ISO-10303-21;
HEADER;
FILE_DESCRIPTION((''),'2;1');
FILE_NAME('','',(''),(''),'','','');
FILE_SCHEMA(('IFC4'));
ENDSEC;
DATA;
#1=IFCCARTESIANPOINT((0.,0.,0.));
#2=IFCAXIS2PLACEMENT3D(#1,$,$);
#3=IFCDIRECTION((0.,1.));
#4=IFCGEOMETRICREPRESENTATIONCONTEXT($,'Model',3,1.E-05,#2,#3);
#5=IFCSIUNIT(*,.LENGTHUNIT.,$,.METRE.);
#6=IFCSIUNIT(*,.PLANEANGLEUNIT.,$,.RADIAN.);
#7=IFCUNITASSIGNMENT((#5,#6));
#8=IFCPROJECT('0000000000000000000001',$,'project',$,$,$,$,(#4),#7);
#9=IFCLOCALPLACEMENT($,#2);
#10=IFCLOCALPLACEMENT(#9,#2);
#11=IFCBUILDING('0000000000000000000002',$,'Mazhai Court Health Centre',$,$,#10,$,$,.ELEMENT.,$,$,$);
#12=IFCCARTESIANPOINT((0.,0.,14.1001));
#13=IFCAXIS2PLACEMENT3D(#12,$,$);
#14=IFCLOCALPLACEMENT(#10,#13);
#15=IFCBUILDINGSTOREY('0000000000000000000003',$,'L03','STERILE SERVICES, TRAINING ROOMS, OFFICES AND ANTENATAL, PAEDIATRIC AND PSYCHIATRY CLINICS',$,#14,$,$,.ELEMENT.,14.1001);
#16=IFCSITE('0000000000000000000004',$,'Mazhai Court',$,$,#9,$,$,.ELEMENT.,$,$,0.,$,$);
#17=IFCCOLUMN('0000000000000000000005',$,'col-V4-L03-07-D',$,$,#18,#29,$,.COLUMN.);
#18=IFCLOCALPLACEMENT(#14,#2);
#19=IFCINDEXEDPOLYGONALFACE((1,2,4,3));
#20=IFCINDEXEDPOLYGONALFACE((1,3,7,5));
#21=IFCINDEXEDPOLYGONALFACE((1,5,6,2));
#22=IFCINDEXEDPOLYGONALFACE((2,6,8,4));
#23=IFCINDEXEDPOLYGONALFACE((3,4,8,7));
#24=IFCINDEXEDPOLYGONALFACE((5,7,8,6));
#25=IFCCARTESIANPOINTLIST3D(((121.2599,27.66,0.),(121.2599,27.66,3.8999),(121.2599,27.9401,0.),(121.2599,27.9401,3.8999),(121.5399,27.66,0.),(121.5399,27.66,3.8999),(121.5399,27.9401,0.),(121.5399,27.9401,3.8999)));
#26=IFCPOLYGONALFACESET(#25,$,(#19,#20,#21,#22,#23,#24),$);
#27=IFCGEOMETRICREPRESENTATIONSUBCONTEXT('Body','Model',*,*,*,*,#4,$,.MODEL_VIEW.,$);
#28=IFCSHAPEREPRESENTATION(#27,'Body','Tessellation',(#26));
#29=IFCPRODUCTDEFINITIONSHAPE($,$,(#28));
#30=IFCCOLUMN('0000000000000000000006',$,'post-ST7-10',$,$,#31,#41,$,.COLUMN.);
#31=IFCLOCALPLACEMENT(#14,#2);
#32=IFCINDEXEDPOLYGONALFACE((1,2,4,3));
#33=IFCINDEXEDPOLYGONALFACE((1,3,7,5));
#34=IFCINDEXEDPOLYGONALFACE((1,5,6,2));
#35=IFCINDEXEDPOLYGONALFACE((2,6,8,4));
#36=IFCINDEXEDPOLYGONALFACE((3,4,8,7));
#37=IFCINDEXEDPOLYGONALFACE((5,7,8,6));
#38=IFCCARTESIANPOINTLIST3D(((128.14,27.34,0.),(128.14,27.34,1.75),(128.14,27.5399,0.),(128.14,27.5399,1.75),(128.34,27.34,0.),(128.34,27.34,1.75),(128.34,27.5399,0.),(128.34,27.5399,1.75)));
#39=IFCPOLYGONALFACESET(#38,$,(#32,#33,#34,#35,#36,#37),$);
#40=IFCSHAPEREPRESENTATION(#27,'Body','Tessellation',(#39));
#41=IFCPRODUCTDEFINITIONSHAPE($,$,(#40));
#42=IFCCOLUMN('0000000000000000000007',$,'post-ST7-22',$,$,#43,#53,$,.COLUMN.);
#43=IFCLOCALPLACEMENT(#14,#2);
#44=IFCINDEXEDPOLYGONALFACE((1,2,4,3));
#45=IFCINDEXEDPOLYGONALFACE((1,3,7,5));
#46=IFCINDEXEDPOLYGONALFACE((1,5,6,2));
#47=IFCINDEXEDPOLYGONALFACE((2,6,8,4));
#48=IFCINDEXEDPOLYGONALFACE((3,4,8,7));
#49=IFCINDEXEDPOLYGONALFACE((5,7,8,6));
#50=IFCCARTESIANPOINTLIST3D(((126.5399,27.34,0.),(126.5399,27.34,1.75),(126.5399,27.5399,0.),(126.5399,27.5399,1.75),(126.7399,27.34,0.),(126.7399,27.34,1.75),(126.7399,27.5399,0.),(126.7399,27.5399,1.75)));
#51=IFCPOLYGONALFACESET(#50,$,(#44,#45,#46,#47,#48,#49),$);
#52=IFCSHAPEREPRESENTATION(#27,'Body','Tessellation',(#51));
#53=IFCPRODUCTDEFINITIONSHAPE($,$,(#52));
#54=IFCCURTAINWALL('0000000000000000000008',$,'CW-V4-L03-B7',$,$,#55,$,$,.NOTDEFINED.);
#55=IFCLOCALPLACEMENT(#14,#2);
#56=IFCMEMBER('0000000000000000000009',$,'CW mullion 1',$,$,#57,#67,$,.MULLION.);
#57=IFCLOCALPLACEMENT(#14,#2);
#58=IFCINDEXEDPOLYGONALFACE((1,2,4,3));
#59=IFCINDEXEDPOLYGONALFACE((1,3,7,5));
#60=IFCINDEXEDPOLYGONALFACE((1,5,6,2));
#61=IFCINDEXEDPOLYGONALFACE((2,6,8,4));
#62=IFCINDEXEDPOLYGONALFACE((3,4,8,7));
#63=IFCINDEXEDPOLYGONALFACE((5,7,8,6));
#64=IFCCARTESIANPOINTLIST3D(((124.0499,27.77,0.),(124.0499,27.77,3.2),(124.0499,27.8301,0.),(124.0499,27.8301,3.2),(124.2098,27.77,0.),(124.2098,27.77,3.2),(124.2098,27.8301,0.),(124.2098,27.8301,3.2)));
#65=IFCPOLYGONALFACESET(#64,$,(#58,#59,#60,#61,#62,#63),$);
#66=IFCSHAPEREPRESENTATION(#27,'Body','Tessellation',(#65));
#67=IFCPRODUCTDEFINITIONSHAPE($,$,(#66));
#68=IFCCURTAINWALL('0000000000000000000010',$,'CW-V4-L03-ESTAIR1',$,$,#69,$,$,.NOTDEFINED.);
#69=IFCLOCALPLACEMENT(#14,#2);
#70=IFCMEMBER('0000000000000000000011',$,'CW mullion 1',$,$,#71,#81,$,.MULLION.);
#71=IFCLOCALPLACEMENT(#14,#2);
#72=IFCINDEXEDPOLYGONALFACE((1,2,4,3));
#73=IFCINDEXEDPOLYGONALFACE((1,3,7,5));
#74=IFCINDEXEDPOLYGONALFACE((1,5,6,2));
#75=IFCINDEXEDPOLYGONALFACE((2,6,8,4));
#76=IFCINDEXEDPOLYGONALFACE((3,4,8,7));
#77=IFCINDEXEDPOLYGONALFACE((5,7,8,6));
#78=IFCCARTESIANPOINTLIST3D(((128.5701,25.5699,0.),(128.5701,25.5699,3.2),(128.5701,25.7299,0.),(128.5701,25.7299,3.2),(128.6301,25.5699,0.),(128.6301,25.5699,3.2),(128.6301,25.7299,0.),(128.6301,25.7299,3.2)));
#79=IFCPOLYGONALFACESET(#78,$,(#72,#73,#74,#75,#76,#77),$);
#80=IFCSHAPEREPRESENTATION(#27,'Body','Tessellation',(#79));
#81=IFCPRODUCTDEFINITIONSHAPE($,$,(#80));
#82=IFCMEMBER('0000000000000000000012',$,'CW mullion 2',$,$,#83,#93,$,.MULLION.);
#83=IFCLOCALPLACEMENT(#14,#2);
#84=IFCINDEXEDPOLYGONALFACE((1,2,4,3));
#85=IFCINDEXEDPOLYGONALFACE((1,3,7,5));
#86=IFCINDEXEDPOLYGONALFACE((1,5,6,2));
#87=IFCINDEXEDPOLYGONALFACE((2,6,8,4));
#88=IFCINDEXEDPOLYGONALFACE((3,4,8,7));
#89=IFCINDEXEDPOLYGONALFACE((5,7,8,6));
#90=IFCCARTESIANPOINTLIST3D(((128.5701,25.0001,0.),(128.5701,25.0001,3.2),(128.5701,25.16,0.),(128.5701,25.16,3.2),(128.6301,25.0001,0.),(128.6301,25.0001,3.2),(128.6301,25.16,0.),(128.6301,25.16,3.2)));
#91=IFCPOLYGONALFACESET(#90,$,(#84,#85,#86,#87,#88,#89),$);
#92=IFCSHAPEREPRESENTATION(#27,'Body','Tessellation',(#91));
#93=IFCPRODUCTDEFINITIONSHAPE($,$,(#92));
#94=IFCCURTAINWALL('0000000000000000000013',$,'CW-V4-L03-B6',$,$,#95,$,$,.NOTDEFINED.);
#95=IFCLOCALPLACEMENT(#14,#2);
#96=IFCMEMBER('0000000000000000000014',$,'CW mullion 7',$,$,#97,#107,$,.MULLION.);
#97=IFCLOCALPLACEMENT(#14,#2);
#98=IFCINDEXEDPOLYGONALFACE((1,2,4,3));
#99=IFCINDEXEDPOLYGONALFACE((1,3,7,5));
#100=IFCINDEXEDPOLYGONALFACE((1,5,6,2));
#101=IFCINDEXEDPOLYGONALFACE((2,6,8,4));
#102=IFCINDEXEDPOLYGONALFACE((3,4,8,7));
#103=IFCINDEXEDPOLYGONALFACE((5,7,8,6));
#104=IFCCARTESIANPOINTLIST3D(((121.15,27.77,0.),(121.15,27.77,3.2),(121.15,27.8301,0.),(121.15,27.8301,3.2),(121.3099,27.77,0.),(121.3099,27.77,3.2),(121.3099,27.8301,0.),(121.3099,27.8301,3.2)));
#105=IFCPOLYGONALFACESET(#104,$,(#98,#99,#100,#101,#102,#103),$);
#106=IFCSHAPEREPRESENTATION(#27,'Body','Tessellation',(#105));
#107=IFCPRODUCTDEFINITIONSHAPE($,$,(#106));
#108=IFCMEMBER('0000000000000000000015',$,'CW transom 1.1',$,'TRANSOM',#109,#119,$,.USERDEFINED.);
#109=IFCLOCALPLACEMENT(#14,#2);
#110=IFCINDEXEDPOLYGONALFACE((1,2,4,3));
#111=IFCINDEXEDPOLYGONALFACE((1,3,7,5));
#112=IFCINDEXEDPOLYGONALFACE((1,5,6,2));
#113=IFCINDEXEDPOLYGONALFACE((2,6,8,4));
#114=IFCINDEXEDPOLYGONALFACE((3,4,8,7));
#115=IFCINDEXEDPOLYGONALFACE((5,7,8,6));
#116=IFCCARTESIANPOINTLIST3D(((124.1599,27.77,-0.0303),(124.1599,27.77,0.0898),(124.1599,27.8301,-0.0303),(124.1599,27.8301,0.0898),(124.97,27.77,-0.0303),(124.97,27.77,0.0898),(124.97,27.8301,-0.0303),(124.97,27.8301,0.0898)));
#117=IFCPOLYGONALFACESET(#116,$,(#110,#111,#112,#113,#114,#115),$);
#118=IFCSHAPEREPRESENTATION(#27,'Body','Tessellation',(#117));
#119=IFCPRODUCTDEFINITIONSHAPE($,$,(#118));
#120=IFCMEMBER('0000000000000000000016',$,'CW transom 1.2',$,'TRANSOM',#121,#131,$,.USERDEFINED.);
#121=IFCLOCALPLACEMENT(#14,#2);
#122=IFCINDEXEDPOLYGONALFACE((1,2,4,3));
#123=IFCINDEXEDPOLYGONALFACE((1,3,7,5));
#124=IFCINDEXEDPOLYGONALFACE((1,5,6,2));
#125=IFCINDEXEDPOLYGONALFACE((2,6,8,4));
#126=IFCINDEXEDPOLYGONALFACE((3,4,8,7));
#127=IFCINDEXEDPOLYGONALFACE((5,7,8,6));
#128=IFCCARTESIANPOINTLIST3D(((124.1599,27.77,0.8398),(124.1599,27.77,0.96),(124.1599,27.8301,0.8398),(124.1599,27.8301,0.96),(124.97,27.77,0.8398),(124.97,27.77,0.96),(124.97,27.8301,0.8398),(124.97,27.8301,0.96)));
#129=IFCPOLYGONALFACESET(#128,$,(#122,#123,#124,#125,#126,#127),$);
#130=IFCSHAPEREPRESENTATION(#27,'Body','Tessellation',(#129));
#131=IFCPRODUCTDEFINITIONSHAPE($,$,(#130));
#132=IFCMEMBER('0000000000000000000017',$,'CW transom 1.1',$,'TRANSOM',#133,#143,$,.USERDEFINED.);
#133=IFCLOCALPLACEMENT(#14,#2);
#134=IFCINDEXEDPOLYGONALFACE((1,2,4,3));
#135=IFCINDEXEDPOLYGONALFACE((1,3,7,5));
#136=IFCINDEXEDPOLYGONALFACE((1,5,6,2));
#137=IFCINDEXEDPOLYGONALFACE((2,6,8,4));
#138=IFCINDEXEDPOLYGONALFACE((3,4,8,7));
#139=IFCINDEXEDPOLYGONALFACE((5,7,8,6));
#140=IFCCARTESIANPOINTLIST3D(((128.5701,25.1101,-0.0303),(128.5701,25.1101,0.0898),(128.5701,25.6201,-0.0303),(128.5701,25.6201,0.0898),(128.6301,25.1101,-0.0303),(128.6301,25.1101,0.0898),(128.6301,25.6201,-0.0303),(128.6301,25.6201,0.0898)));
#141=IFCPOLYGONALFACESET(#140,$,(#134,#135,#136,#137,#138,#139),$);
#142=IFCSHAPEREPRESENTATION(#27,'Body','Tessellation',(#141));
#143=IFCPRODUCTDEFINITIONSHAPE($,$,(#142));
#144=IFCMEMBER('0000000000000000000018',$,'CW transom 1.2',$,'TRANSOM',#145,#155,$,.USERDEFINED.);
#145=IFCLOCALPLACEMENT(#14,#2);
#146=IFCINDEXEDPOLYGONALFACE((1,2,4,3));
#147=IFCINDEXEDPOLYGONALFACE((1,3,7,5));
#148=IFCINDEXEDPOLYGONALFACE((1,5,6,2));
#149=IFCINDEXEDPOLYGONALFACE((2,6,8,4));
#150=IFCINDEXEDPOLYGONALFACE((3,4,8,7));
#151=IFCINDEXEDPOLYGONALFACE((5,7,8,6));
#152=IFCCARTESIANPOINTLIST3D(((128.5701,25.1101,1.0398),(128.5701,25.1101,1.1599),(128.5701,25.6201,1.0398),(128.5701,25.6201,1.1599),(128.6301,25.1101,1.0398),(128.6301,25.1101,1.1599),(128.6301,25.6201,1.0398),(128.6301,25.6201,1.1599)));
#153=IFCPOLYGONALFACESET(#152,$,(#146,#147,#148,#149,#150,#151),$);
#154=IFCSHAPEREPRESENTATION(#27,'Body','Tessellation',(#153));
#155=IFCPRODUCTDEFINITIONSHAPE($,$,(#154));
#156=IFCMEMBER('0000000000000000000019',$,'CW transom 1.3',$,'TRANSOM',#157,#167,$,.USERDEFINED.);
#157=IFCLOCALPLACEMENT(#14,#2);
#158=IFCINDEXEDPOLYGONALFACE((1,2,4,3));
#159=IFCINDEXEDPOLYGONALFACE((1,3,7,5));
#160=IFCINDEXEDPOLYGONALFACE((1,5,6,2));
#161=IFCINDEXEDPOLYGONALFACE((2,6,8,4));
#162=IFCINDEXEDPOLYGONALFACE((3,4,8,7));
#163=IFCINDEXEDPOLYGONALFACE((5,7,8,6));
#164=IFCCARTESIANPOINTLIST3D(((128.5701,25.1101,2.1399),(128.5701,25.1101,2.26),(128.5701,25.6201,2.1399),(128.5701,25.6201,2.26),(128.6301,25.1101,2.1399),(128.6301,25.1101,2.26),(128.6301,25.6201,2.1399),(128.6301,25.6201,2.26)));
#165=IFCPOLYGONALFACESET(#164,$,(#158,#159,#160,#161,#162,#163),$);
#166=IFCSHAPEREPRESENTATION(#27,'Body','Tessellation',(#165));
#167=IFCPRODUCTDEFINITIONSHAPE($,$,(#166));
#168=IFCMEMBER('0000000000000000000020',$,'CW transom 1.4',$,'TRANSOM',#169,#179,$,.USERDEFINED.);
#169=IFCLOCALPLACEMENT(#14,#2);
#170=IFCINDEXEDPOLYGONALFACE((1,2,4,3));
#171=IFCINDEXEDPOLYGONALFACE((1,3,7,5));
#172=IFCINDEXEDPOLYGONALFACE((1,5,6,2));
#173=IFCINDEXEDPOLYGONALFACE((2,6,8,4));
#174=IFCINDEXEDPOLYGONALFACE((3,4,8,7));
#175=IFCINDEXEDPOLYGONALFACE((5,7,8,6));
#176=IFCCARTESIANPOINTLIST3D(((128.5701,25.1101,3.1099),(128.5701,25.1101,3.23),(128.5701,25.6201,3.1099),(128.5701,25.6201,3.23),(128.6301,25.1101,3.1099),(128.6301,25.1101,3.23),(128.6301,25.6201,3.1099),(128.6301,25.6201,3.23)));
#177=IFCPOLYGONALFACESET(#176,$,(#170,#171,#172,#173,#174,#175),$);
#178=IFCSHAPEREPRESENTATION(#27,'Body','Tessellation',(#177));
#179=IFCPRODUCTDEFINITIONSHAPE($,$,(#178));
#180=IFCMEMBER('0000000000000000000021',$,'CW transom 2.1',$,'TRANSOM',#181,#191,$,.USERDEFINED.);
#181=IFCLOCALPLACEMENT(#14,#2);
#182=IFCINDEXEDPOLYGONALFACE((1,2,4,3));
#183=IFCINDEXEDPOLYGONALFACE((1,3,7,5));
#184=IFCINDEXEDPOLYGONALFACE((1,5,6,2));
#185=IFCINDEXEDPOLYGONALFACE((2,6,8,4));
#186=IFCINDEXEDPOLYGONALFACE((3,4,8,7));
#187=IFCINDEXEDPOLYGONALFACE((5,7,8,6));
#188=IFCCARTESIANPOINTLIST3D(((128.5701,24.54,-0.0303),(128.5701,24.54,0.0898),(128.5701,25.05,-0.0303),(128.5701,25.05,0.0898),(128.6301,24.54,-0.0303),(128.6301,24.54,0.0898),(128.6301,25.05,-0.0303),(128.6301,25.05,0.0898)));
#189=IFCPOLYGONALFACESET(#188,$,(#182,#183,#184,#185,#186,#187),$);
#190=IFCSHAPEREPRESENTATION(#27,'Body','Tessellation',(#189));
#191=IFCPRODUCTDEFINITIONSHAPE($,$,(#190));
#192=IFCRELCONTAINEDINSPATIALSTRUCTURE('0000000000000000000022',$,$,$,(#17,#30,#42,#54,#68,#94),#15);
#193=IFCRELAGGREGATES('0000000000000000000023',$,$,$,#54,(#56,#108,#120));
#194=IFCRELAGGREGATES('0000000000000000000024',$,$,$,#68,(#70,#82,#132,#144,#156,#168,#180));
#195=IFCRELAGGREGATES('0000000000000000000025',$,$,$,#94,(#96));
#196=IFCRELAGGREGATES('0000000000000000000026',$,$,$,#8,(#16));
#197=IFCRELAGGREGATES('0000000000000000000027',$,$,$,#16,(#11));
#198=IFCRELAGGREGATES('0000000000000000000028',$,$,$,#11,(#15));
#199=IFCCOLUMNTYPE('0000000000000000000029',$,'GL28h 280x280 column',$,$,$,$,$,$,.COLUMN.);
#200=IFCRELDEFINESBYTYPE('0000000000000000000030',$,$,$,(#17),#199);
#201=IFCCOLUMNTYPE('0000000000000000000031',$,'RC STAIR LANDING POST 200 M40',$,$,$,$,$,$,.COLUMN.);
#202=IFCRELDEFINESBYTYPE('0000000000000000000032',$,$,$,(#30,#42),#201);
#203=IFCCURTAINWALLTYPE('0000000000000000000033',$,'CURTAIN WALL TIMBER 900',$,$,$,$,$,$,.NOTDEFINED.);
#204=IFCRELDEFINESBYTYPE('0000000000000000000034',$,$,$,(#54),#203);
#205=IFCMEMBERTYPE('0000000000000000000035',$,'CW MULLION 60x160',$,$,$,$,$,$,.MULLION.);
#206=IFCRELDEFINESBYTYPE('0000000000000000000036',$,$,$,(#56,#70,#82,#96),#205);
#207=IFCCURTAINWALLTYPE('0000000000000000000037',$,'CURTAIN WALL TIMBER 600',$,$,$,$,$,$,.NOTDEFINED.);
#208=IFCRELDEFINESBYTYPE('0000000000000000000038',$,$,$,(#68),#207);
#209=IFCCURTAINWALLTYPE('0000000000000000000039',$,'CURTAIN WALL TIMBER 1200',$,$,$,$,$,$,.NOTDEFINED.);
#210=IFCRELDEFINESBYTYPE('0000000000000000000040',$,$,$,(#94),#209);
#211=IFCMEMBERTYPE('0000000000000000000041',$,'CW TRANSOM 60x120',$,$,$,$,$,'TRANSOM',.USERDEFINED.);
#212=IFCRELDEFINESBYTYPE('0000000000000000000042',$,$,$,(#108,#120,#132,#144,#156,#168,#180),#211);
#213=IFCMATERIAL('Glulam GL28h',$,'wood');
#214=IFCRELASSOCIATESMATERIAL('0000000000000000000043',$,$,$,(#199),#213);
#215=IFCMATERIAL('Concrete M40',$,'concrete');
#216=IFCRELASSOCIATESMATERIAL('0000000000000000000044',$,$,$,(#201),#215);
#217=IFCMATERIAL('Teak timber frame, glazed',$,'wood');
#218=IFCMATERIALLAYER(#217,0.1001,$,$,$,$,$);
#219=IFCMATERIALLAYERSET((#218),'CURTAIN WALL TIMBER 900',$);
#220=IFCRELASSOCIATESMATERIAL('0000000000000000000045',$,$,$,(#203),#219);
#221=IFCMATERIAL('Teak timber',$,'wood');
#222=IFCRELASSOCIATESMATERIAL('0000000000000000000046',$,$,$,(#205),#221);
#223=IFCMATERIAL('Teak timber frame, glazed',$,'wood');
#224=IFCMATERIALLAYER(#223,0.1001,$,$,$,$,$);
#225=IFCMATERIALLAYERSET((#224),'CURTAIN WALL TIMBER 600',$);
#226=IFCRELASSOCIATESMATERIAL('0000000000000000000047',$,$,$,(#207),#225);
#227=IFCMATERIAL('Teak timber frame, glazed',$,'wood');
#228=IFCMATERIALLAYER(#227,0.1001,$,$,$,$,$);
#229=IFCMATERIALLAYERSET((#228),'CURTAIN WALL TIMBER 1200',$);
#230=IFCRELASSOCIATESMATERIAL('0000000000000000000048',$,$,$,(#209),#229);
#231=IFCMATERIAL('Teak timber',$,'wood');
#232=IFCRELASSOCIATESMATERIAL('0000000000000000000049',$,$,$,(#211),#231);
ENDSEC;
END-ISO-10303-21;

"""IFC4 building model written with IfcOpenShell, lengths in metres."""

from ifc_helpers import new_model, si_unit, direction, frame, origin, origin_2d, place, context, subcontext, project, spatial, rectangle, extrude, material, layer, layer_set, material_profile, profile_set, type_object, element, aggregate, save


model = new_model("IFC4")

# Units and contexts
model_context = context("Model", 3, precision=1e-05, world=origin(), true_north=direction((0.0, 1.0)))
body_context = subcontext(model_context, "Body", "Model", "MODEL_VIEW")
ifc_project = project(units=[si_unit("LENGTHUNIT", "METRE"), si_unit("PLANEANGLEUNIT", "RADIAN")], contexts=[model_context])

# Site, building, storey
site_placement = place(None, origin())
site = spatial("IfcSite", under=ifc_project, at=site_placement, Name="Mazhai Court", CompositionType="ELEMENT", RefElevation=0.0)
building_placement = place(site_placement, origin())
building = spatial("IfcBuilding", under=site, at=building_placement, Name="Mazhai Court Health Centre", CompositionType="ELEMENT")
storey_placement = place(building_placement, frame((0.0, 0.0, 14.1001)))
storey = spatial("IfcBuildingStorey", under=building, at=storey_placement, Name="L03", Description="STERILE SERVICES, TRAINING ROOMS, OFFICES AND ANTENATAL, PAEDIATRIC AND PSYCHIATRY CLINICS", CompositionType="ELEMENT", Elevation=14.1001)

# Columns
ifc_material_1 = material(Name="Glulam GL28h", Category="wood")
ifc_material_profile_1 = material_profile(ifc_material_1, rectangle(XDim=0.28, YDim=0.28, at=origin_2d()), Name="GL28h 280x280")
ifc_profile_set_1 = profile_set([ifc_material_profile_1], Name="Glulam GL28h")
column_type_1 = type_object("IfcColumnType", Name="GL28h 280x280 column", PredefinedType="COLUMN", material=ifc_profile_set_1)
column_placement = place(storey_placement, frame((121.3999, 27.8, 0.0), z_axis=(0.0, 0.0, 1.0), x_axis=(1.0, 0.0, 0.0)))
element("IfcColumn", 1, at=column_placement, inside=storey, type_object=column_type_1, Name="col-V4-L03-07-D", PredefinedType="COLUMN", context=body_context, shape_type="SweptSolid", body=[
    extrude(rectangle(XDim=0.28, YDim=0.28, at=origin_2d()), origin(), (0.0, 0.0, 1.0), 3.8999),
])
ifc_material_2 = material(Name="Concrete M40", Category="concrete")
ifc_material_profile_2 = material_profile(ifc_material_2, rectangle(XDim=0.2, YDim=0.2, at=origin_2d()), Name="RC 200x200")
ifc_profile_set_2 = profile_set([ifc_material_profile_2], Name="Concrete M40")
column_type_2 = type_object("IfcColumnType", Name="RC STAIR LANDING POST 200 M40", PredefinedType="COLUMN", material=ifc_profile_set_2)
for number, where, z_axis, x_axis, name in (
    (2, (128.24, 27.4399, 0.0), (0.0, 0.0, 1.0), (1.0, 0.0, 0.0), "post-ST7-10"),
    (3, (126.6399, 27.4399, 0.0), (0.0, 0.0, 1.0), (1.0, 0.0, 0.0), "post-ST7-22"),
):
    element("IfcColumn", number, at=place(storey_placement, frame(where, z_axis=z_axis, x_axis=x_axis)), inside=storey, type_object=column_type_2, Name=name, PredefinedType="COLUMN", context=body_context, shape_type="SweptSolid", body=[
        extrude(rectangle(XDim=0.2, YDim=0.2, at=origin_2d()), origin(), (0.0, 0.0, 1.0), 1.75),
    ])

# Curtain wall, member
ifc_material_3 = material(Name="Teak timber frame, glazed", Category="wood")
ifc_layer_1 = layer(ifc_material_3, 0.1001)
ifc_layer_set_1 = layer_set([ifc_layer_1], Name="CURTAIN WALL TIMBER 900")
curtain_wall_type_1 = type_object("IfcCurtainWallType", Name="CURTAIN WALL TIMBER 900", PredefinedType="NOTDEFINED", material=ifc_layer_set_1)
curtain_wall_1_placement = place(storey_placement, origin())
curtain_wall_1 = element("IfcCurtainWall", 4, at=curtain_wall_1_placement, inside=storey, type_object=curtain_wall_type_1, Name="CW-V4-L03-B7", PredefinedType="NOTDEFINED")
ifc_material_4 = material(Name="Teak timber", Category="wood")
ifc_material_profile_3 = material_profile(ifc_material_4, rectangle(XDim=0.0601, YDim=0.1599, at=origin_2d()), Name="CW MULLION 60x160")
ifc_profile_set_3 = profile_set([ifc_material_profile_3], Name="Teak timber")
member_type_1 = type_object("IfcMemberType", Name="CW MULLION 60x160", PredefinedType="MULLION", material=ifc_profile_set_3)
member_1_placement = place(storey_placement, frame((124.1299, 27.8, 0.0), z_axis=(0.0, 0.0, 1.0), x_axis=(0.0, 1.0, 0.0)))
member_1 = element("IfcMember", 5, at=member_1_placement, type_object=member_type_1, Name="CW mullion 1", PredefinedType="MULLION", context=body_context, shape_type="SweptSolid", body=[
    extrude(rectangle(XDim=0.0601, YDim=0.1599, at=origin_2d()), origin(), (0.0, 0.0, 1.0), 3.2),
])

# Curtain wall, members
ifc_material_5 = material(Name="Teak timber frame, glazed", Category="wood")
ifc_layer_2 = layer(ifc_material_5, 0.1001)
ifc_layer_set_2 = layer_set([ifc_layer_2], Name="CURTAIN WALL TIMBER 600")
curtain_wall_type_2 = type_object("IfcCurtainWallType", Name="CURTAIN WALL TIMBER 600", PredefinedType="NOTDEFINED", material=ifc_layer_set_2)
curtain_wall_2_placement = place(storey_placement, origin())
curtain_wall_2 = element("IfcCurtainWall", 6, at=curtain_wall_2_placement, inside=storey, type_object=curtain_wall_type_2, Name="CW-V4-L03-ESTAIR1", PredefinedType="NOTDEFINED")
member_2_placement = place(storey_placement, frame((128.6001, 25.6499, 0.0), z_axis=(0.0, 0.0, 1.0), x_axis=(1.0, 0.0, 0.0)))
member_2 = element("IfcMember", 7, at=member_2_placement, type_object=member_type_1, Name="CW mullion 1", PredefinedType="MULLION", context=body_context, shape_type="SweptSolid", body=[
    extrude(rectangle(XDim=0.0601, YDim=0.1599, at=origin_2d()), origin(), (0.0, 0.0, 1.0), 3.2),
])
member_3_placement = place(storey_placement, frame((128.6001, 25.0801, 0.0), z_axis=(0.0, 0.0, 1.0), x_axis=(1.0, 0.0, 0.0)))
member_3 = element("IfcMember", 8, at=member_3_placement, type_object=member_type_1, Name="CW mullion 2", PredefinedType="MULLION", context=body_context, shape_type="SweptSolid", body=[
    extrude(rectangle(XDim=0.0601, YDim=0.1599, at=origin_2d()), origin(), (0.0, 0.0, 1.0), 3.2),
])

# Curtain wall, member
ifc_material_6 = material(Name="Teak timber frame, glazed", Category="wood")
ifc_layer_3 = layer(ifc_material_6, 0.1001)
ifc_layer_set_3 = layer_set([ifc_layer_3], Name="CURTAIN WALL TIMBER 1200")
curtain_wall_type_3 = type_object("IfcCurtainWallType", Name="CURTAIN WALL TIMBER 1200", PredefinedType="NOTDEFINED", material=ifc_layer_set_3)
curtain_wall_3_placement = place(storey_placement, origin())
curtain_wall_3 = element("IfcCurtainWall", 9, at=curtain_wall_3_placement, inside=storey, type_object=curtain_wall_type_3, Name="CW-V4-L03-B6", PredefinedType="NOTDEFINED")
member_4_placement = place(storey_placement, frame((121.23, 27.8, 0.0), z_axis=(0.0, 0.0, 1.0), x_axis=(0.0, 1.0, 0.0)))
member_4 = element("IfcMember", 10, at=member_4_placement, type_object=member_type_1, Name="CW mullion 7", PredefinedType="MULLION", context=body_context, shape_type="SweptSolid", body=[
    extrude(rectangle(XDim=0.0601, YDim=0.1599, at=origin_2d()), origin(), (0.0, 0.0, 1.0), 3.2),
])

# Members
ifc_material_7 = material(Name="Teak timber", Category="wood")
ifc_material_profile_4 = material_profile(ifc_material_7, rectangle(XDim=0.0601, YDim=0.1201, at=origin_2d()), Name="CW TRANSOM 60x120")
ifc_profile_set_4 = profile_set([ifc_material_profile_4], Name="Teak timber")
member_type_2 = type_object("IfcMemberType", Name="CW TRANSOM 60x120", ElementType="TRANSOM", PredefinedType="USERDEFINED", material=ifc_profile_set_4)
member_5_placement = place(storey_placement, frame((124.1599, 27.8, 0.0298), z_axis=(1.0, 0.0, 0.0), x_axis=(0.0, 1.0, 0.0)))
member_5 = element("IfcMember", 11, at=member_5_placement, type_object=member_type_2, Name="CW transom 1.1", ObjectType="TRANSOM", PredefinedType="USERDEFINED", context=body_context, shape_type="SweptSolid", body=[
    extrude(rectangle(XDim=0.0601, YDim=0.1201, at=origin_2d()), origin(), (0.0, 0.0, 1.0), 0.8101),
])
member_6_placement = place(storey_placement, frame((124.1599, 27.8, 0.8999), z_axis=(1.0, 0.0, 0.0), x_axis=(0.0, 1.0, 0.0)))
member_6 = element("IfcMember", 12, at=member_6_placement, type_object=member_type_2, Name="CW transom 1.2", ObjectType="TRANSOM", PredefinedType="USERDEFINED", context=body_context, shape_type="SweptSolid", body=[
    extrude(rectangle(XDim=0.0601, YDim=0.1201, at=origin_2d()), origin(), (0.0, 0.0, 1.0), 0.8101),
])
aggregate(curtain_wall_1, [member_1, member_5, member_6])
member_7_placement = place(storey_placement, frame((128.6001, 25.6201, 0.0298), z_axis=(0.0, -1.0, 0.0), x_axis=(1.0, 0.0, 0.0)))
member_7 = element("IfcMember", 13, at=member_7_placement, type_object=member_type_2, Name="CW transom 1.1", ObjectType="TRANSOM", PredefinedType="USERDEFINED", context=body_context, shape_type="SweptSolid", body=[
    extrude(rectangle(XDim=0.0601, YDim=0.1201, at=origin_2d()), origin(), (0.0, 0.0, 1.0), 0.51),
])
member_8_placement = place(storey_placement, frame((128.6001, 25.6201, 1.0999), z_axis=(0.0, -1.0, 0.0), x_axis=(1.0, 0.0, 0.0)))
member_8 = element("IfcMember", 14, at=member_8_placement, type_object=member_type_2, Name="CW transom 1.2", ObjectType="TRANSOM", PredefinedType="USERDEFINED", context=body_context, shape_type="SweptSolid", body=[
    extrude(rectangle(XDim=0.0601, YDim=0.1201, at=origin_2d()), origin(), (0.0, 0.0, 1.0), 0.51),
])
member_9_placement = place(storey_placement, frame((128.6001, 25.6201, 2.2), z_axis=(0.0, -1.0, 0.0), x_axis=(1.0, 0.0, 0.0)))
member_9 = element("IfcMember", 15, at=member_9_placement, type_object=member_type_2, Name="CW transom 1.3", ObjectType="TRANSOM", PredefinedType="USERDEFINED", context=body_context, shape_type="SweptSolid", body=[
    extrude(rectangle(XDim=0.0601, YDim=0.1201, at=origin_2d()), origin(), (0.0, 0.0, 1.0), 0.51),
])
member_10_placement = place(storey_placement, frame((128.6001, 25.6201, 3.1699), z_axis=(0.0, -1.0, 0.0), x_axis=(1.0, 0.0, 0.0)))
member_10 = element("IfcMember", 16, at=member_10_placement, type_object=member_type_2, Name="CW transom 1.4", ObjectType="TRANSOM", PredefinedType="USERDEFINED", context=body_context, shape_type="SweptSolid", body=[
    extrude(rectangle(XDim=0.0601, YDim=0.1201, at=origin_2d()), origin(), (0.0, 0.0, 1.0), 0.51),
])
member_11_placement = place(storey_placement, frame((128.6001, 25.05, 0.0298), z_axis=(0.0, -1.0, 0.0), x_axis=(1.0, 0.0, 0.0)))
member_11 = element("IfcMember", 17, at=member_11_placement, type_object=member_type_2, Name="CW transom 2.1", ObjectType="TRANSOM", PredefinedType="USERDEFINED", context=body_context, shape_type="SweptSolid", body=[
    extrude(rectangle(XDim=0.0601, YDim=0.1201, at=origin_2d()), origin(), (0.0, 0.0, 1.0), 0.51),
])

aggregate(curtain_wall_2, [member_2, member_3, member_7, member_8, member_9, member_10, member_11])
aggregate(curtain_wall_3, [member_4])

save(model, "model.ifc")
